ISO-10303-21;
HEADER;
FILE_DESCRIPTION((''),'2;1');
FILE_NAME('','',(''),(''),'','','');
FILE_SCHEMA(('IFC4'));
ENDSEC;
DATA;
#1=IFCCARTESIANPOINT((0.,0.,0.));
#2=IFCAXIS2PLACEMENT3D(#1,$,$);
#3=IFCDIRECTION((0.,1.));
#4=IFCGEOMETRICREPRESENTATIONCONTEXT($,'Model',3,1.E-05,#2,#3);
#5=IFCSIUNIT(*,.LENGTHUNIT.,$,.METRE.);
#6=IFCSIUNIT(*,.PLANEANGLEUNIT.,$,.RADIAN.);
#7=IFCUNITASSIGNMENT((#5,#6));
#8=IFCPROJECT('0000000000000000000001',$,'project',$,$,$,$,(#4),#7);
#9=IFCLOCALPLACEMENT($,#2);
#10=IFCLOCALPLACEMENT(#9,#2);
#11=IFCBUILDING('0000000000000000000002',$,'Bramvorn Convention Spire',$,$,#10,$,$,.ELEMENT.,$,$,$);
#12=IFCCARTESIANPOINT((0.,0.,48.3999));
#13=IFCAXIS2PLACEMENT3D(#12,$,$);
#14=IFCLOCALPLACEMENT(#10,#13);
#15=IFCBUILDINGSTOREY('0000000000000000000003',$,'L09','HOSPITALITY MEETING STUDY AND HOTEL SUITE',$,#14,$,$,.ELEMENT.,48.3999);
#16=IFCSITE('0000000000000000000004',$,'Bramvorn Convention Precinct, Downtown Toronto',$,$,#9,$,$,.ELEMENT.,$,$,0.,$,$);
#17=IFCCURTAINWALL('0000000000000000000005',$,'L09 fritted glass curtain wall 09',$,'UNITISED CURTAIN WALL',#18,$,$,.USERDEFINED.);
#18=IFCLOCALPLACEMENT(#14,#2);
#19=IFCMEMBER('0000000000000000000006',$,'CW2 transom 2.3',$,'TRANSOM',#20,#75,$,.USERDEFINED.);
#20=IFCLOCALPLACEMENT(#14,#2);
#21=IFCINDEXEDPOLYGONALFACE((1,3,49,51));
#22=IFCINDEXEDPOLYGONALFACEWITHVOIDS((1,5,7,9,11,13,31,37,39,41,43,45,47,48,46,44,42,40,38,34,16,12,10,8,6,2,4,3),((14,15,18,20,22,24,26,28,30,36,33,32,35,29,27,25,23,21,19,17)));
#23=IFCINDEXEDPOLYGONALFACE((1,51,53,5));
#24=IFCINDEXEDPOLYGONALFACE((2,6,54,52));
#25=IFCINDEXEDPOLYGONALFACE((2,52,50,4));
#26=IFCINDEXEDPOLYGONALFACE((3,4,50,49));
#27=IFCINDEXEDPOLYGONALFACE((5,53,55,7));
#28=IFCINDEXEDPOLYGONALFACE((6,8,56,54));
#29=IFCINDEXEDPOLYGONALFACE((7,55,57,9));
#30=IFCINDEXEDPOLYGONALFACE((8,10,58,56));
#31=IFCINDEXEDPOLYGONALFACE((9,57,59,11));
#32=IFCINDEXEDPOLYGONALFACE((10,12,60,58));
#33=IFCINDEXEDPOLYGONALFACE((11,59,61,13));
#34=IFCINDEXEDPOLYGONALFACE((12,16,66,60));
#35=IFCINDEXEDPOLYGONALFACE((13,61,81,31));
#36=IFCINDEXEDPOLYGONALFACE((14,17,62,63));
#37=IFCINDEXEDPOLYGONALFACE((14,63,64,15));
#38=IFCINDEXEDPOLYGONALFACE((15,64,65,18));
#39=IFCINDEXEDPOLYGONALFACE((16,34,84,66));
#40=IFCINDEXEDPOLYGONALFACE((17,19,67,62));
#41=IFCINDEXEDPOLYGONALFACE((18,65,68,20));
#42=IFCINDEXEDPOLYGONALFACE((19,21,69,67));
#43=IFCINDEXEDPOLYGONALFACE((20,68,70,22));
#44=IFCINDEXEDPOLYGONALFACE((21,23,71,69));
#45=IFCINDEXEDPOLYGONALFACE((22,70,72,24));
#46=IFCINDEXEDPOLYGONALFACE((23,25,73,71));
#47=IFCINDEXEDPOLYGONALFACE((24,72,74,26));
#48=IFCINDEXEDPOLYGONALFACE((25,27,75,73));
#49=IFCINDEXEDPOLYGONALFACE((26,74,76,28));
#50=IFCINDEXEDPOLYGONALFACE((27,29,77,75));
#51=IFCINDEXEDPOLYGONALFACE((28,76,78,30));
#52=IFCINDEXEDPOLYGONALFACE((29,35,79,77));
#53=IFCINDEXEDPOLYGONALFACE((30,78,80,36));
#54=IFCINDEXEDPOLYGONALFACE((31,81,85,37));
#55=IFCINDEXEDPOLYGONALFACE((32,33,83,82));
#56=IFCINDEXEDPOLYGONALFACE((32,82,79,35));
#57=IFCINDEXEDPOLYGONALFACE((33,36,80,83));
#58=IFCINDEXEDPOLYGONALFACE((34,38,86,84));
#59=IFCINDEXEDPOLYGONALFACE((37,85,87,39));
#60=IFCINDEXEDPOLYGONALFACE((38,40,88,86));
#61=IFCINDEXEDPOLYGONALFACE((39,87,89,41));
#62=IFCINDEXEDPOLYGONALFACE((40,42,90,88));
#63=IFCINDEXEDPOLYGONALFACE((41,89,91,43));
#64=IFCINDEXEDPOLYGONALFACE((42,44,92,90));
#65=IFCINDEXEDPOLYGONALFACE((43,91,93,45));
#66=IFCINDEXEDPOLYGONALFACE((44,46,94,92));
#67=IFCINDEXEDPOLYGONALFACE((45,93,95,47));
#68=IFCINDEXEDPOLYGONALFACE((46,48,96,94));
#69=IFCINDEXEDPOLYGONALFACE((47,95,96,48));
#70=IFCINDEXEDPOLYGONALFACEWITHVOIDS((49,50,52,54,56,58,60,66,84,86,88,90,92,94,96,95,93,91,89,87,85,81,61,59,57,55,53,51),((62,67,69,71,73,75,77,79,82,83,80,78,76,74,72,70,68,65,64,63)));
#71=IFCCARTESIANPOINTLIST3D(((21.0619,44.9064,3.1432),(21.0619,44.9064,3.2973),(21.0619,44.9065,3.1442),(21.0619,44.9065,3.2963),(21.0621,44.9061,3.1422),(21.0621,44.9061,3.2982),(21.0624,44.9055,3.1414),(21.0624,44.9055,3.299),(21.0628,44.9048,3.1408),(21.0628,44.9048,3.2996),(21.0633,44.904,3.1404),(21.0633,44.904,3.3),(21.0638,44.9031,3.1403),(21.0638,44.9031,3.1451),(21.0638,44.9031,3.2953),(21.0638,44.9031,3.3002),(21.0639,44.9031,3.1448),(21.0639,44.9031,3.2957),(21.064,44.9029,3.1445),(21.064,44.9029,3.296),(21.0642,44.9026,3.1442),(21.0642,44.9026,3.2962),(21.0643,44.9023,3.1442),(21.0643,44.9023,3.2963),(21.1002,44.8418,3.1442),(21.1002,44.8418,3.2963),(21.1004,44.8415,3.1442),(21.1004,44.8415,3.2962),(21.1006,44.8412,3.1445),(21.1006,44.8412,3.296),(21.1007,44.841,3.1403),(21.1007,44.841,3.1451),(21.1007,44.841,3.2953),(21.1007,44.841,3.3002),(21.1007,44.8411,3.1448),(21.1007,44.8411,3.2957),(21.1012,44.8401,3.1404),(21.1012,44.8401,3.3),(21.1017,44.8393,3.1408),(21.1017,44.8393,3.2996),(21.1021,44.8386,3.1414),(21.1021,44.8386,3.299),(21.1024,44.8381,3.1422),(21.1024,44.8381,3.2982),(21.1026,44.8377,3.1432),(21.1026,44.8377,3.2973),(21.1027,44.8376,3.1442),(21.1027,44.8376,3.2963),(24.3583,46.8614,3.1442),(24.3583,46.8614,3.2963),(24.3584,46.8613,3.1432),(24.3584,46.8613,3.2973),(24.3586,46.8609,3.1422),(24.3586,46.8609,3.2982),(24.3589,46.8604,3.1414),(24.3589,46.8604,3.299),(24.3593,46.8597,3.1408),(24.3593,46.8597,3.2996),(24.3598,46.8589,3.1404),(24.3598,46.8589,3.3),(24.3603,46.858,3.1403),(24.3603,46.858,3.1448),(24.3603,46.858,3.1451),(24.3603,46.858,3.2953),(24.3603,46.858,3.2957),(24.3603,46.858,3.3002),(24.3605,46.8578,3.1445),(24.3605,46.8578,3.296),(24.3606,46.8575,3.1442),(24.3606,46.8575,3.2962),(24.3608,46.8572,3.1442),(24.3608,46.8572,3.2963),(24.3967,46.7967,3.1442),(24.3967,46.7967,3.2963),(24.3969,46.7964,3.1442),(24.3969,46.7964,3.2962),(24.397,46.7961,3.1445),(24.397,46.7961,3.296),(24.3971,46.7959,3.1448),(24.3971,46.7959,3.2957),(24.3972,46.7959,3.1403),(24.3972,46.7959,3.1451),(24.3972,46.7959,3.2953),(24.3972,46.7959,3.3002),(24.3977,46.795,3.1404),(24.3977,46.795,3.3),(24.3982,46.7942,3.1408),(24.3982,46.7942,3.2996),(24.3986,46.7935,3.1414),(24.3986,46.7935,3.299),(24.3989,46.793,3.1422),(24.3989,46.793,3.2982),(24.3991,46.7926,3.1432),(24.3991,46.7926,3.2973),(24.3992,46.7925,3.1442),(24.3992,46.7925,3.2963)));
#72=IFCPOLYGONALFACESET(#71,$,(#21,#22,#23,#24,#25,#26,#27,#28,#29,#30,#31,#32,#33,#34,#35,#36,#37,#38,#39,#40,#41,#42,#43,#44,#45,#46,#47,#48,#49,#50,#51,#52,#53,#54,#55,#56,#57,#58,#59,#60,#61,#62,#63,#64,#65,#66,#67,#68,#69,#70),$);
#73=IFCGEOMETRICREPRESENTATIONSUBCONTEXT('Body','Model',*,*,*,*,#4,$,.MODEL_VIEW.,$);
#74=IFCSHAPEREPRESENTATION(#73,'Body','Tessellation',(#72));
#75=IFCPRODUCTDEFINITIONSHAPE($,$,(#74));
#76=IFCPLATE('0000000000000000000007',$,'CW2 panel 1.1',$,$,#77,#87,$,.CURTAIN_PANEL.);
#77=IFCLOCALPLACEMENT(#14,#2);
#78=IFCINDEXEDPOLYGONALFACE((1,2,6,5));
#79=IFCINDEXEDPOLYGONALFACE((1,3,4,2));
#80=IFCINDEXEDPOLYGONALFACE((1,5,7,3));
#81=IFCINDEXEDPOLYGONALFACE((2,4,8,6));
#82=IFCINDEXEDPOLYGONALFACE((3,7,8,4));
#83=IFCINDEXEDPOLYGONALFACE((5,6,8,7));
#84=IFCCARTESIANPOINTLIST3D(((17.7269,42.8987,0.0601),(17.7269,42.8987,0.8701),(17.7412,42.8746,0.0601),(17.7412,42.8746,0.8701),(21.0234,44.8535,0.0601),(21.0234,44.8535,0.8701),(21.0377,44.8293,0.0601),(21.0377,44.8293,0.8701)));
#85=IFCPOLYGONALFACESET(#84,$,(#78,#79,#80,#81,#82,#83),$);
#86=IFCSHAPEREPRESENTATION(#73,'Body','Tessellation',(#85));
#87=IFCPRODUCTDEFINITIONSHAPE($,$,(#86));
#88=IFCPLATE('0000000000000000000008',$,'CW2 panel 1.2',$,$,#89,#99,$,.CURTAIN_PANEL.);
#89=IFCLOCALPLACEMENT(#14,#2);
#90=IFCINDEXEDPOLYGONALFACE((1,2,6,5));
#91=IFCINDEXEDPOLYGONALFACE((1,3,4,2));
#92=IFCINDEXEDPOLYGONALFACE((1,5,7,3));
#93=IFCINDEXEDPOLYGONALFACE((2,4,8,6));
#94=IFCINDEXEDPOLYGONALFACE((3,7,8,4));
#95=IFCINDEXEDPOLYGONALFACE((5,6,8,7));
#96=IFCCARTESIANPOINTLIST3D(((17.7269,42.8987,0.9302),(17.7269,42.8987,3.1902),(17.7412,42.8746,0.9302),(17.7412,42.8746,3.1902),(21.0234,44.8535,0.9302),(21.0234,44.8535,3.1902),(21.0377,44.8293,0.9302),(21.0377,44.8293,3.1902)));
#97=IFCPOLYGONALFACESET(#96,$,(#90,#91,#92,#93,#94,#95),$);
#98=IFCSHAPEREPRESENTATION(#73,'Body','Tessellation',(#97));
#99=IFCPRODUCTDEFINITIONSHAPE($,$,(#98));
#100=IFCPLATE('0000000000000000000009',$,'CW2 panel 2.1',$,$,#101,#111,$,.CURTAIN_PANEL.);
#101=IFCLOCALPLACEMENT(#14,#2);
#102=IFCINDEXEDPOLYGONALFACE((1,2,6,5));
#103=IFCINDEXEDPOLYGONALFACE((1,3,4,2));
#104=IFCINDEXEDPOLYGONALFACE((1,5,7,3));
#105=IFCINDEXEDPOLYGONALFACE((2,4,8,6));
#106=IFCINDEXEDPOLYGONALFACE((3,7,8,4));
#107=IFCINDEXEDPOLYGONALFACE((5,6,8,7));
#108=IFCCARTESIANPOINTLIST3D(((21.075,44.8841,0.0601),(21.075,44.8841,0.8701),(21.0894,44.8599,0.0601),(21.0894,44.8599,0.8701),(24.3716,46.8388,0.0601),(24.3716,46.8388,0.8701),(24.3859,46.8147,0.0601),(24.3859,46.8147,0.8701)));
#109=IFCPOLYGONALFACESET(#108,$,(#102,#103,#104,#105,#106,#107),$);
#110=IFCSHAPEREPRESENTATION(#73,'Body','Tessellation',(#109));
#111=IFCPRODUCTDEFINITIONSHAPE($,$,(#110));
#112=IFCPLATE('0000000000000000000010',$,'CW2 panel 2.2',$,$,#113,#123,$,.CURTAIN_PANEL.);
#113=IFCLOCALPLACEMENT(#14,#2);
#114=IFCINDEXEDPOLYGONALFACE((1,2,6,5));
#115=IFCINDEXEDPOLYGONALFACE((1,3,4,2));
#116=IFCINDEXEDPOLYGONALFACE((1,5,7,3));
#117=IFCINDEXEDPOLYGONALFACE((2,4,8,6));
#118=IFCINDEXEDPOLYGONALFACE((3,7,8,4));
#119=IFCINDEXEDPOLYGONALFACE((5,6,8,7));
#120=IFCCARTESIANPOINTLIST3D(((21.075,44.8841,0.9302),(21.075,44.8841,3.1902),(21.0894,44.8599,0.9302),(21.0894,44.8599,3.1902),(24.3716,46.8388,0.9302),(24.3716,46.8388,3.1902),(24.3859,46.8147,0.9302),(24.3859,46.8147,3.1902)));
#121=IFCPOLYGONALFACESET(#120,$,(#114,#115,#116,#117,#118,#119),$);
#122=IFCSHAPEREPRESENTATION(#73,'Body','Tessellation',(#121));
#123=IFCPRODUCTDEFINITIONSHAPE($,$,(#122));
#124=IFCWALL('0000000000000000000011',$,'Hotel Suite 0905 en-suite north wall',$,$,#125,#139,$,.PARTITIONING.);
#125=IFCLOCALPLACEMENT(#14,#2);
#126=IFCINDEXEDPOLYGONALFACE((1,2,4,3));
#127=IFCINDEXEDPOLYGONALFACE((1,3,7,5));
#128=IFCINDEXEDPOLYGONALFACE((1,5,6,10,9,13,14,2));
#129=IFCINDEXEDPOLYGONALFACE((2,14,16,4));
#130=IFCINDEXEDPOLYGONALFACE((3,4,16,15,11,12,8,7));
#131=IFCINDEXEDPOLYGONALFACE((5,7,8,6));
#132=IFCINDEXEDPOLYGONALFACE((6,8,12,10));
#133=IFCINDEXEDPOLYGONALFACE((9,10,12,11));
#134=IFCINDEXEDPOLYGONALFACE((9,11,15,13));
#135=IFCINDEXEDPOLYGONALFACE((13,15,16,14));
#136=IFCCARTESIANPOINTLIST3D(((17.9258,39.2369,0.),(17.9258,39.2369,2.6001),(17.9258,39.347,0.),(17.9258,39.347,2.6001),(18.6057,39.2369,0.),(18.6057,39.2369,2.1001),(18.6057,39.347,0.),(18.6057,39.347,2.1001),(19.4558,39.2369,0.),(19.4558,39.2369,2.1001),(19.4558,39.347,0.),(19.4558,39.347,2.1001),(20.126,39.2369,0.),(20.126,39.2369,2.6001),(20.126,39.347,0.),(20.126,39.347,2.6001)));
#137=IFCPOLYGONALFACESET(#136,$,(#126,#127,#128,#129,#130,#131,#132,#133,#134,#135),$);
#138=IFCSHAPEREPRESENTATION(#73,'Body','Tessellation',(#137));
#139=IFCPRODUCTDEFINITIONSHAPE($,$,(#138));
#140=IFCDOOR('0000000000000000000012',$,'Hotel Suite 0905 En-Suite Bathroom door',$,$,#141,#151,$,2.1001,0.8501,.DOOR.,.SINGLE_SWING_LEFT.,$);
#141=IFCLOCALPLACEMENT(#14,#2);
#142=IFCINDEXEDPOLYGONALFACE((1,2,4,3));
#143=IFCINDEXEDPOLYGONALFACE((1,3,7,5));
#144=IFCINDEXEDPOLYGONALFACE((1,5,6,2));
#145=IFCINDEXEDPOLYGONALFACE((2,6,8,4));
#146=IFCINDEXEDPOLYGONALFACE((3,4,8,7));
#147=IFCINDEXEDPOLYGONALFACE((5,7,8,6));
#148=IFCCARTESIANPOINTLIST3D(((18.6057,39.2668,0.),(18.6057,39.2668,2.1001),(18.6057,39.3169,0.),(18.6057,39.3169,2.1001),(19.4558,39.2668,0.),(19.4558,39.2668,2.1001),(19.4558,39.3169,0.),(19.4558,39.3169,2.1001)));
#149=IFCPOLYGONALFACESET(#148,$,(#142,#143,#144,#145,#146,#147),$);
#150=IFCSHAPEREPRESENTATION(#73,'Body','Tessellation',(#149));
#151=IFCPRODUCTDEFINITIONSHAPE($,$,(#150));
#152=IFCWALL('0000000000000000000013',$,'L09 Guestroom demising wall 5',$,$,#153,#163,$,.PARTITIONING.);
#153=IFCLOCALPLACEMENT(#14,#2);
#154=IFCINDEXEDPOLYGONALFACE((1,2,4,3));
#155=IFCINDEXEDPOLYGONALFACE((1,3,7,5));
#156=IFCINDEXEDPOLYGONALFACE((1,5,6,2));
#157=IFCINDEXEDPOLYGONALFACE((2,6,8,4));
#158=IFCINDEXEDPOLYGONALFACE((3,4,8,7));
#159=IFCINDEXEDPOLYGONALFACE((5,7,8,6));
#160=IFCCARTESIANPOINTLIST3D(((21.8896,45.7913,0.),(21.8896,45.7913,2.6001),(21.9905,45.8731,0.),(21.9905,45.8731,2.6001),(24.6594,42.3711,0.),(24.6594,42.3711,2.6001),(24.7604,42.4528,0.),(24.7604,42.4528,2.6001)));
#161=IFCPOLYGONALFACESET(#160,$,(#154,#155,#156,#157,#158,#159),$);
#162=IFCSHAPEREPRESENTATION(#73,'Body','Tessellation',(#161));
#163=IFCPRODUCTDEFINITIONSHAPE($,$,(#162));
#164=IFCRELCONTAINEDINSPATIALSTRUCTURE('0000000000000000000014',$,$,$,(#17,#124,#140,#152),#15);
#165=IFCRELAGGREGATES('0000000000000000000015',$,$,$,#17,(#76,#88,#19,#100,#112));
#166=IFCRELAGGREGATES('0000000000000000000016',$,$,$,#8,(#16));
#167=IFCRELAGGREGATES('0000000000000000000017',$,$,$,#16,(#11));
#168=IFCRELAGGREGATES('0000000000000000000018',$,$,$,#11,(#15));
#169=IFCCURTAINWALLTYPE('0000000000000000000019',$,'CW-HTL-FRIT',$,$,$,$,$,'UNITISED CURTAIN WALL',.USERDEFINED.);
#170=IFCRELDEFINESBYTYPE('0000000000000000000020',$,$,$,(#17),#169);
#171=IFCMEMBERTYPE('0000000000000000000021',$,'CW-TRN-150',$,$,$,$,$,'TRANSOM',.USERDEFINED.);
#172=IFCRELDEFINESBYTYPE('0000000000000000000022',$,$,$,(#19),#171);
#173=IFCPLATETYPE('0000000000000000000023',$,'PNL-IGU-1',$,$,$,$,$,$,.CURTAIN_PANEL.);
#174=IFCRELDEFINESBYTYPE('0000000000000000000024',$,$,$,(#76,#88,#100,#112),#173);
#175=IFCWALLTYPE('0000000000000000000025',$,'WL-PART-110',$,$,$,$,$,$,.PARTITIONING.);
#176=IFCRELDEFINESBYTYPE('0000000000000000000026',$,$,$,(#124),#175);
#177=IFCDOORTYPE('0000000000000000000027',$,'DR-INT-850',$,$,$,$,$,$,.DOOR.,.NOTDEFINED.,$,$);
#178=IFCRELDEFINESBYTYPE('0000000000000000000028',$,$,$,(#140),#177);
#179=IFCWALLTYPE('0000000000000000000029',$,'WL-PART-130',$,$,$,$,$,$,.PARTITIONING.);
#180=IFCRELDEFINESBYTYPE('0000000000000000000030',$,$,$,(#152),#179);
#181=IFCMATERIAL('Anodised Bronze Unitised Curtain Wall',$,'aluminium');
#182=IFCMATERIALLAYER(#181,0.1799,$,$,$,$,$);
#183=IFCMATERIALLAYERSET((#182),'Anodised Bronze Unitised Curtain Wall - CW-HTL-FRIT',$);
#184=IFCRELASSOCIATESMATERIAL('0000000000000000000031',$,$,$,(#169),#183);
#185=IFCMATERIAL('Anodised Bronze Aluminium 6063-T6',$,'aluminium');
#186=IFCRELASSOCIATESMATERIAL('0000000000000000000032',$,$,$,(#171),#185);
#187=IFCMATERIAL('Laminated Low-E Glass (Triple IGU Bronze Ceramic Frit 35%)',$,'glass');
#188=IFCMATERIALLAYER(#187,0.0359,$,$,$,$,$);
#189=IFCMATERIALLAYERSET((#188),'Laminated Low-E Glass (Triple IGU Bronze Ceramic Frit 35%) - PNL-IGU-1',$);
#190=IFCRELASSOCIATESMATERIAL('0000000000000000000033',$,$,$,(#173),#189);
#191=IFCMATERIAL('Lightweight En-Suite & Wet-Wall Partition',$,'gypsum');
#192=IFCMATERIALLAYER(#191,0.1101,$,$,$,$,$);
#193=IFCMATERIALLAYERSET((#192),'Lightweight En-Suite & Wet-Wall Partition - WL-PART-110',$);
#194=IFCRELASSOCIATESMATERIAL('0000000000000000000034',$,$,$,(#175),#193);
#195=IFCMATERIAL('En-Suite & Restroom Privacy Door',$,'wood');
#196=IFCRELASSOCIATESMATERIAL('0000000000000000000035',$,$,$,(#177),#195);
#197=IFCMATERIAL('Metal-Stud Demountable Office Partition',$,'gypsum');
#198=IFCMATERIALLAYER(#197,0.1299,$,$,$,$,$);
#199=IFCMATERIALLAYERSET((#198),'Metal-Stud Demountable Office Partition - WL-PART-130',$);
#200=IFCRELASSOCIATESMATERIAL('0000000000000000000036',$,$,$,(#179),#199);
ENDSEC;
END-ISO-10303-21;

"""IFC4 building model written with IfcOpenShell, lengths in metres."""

from ifc_helpers import new_model, si_unit, direction, frame, frame_2d, origin, origin_2d, place, context, subcontext, project, spatial, rectangle, hollow_rectangle, extrude, material, layer, layer_set, material_profile, profile_set, type_object, element, fill, aggregate, save


model = new_model("IFC4")

# Units and contexts
model_context = context("Model", 3, precision=1e-05, world=origin(), true_north=direction((0.0, 1.0)))
body_context = subcontext(model_context, "Body", "Model", "MODEL_VIEW")
ifc_project = project(units=[si_unit("LENGTHUNIT", "METRE"), si_unit("PLANEANGLEUNIT", "RADIAN")], contexts=[model_context])

# Site, building, storey
site_placement = place(None, origin())
site = spatial("IfcSite", under=ifc_project, at=site_placement, Name="Bramvorn Convention Precinct, Downtown Toronto", CompositionType="ELEMENT", RefElevation=0.0)
building_placement = place(site_placement, origin())
building = spatial("IfcBuilding", under=site, at=building_placement, Name="Bramvorn Convention Spire", CompositionType="ELEMENT")
storey_placement = place(building_placement, frame((0.0, 0.0, 48.3999)))
storey = spatial("IfcBuildingStorey", under=building, at=storey_placement, Name="L09", Description="HOSPITALITY MEETING STUDY AND HOTEL SUITE", CompositionType="ELEMENT", Elevation=48.3999)

# Shared definitions
ifc_material_1 = material(Name="Anodised Bronze Unitised Curtain Wall", Category="aluminium")
ifc_layer_1 = layer(ifc_material_1, 0.1799)
ifc_layer_set_1 = layer_set([ifc_layer_1], Name="Anodised Bronze Unitised Curtain Wall - CW-HTL-FRIT")
curtain_wall_type = type_object("IfcCurtainWallType", Name="CW-HTL-FRIT", ElementType="UNITISED CURTAIN WALL", PredefinedType="USERDEFINED", material=ifc_layer_set_1)
ifc_material_2 = material(Name="Anodised Bronze Aluminium 6063-T6", Category="aluminium")

# Curtain wall
curtain_wall_1_placement = place(storey_placement, origin())
curtain_wall_1 = element("IfcCurtainWall", 1, at=curtain_wall_1_placement, inside=storey, type_object=curtain_wall_type, Name="L09 fritted glass curtain wall 09", ObjectType="UNITISED CURTAIN WALL", PredefinedType="USERDEFINED")

# Member
ifc_material_profile_1 = material_profile(ifc_material_2, hollow_rectangle(XDim=0.0801, YDim=0.1599, WallThickness=0.0039, InnerFilletRadius=0.001, OuterFilletRadius=0.0039, at=origin_2d()))
ifc_profile_set_1 = profile_set([ifc_material_profile_1], Name="Anodised Bronze Aluminium 6063-T6 - CWT80X160")
member_type_1 = type_object("IfcMemberType", Name="CW-TRN-150", ElementType="TRANSOM", PredefinedType="USERDEFINED", material=ifc_profile_set_1)
member_1_placement = place(storey_placement, frame((21.0823, 44.8721, 3.2202), z_axis=(0.860129, 0.510077, 0.0), x_axis=(-0.510077, 0.860129, 0.0)))
member_1 = element("IfcMember", 2, at=member_1_placement, type_object=member_type_1, Name="CW2 transom 2.3", ObjectType="TRANSOM", PredefinedType="USERDEFINED", context=body_context, shape_type="SweptSolid", body=[
    extrude(hollow_rectangle(XDim=0.0801, YDim=0.1599, WallThickness=0.0039, InnerFilletRadius=0.001, OuterFilletRadius=0.0039, at=origin_2d()), origin(), (0.0, 0.0, 1.0), 3.8325),
])

# Plates
ifc_material_3 = material(Name="Laminated Low-E Glass (Triple IGU Bronze Ceramic Frit 35%)", Category="glass")
ifc_layer_2 = layer(ifc_material_3, 0.0359)
ifc_layer_set_2 = layer_set([ifc_layer_2], Name="Laminated Low-E Glass (Triple IGU Bronze Ceramic Frit 35%) - PNL-IGU-1")
plate_type = type_object("IfcPlateType", Name="PNL-IGU-1", PredefinedType="CURTAIN_PANEL", material=ifc_layer_set_2)
plate_1_placement = place(storey_placement, frame((19.3823, 43.864, 0.0601), z_axis=(0.0, 0.0, 1.0), x_axis=(0.860146, 0.510048, 0.0)))
plate_1 = element("IfcPlate", 3, at=plate_1_placement, type_object=plate_type, Name="CW2 panel 1.1", PredefinedType="CURTAIN_PANEL", context=body_context, shape_type="SweptSolid", body=[
    extrude(rectangle(XDim=3.8325, YDim=0.0281, at=origin_2d()), origin(), (0.0, 0.0, 1.0), 0.8101),
])
plate_2_placement = place(storey_placement, frame((19.3823, 43.864, 0.9302), z_axis=(0.0, 0.0, 1.0), x_axis=(0.860146, 0.510048, 0.0)))
plate_2 = element("IfcPlate", 4, at=plate_2_placement, type_object=plate_type, Name="CW2 panel 1.2", PredefinedType="CURTAIN_PANEL", context=body_context, shape_type="SweptSolid", body=[
    extrude(rectangle(XDim=3.8325, YDim=0.0281, at=origin_2d()), origin(), (0.0, 0.0, 1.0), 2.26),
])
plate_3_placement = place(storey_placement, frame((22.7305, 45.8494, 0.0601), z_axis=(0.0, 0.0, 1.0), x_axis=(0.860146, 0.510048, 0.0)))
plate_3 = element("IfcPlate", 5, at=plate_3_placement, type_object=plate_type, Name="CW2 panel 2.1", PredefinedType="CURTAIN_PANEL", context=body_context, shape_type="SweptSolid", body=[
    extrude(rectangle(XDim=3.8325, YDim=0.0281, at=origin_2d()), origin(), (0.0, 0.0, 1.0), 0.8101),
])
plate_4_placement = place(storey_placement, frame((22.7305, 45.8494, 0.9302), z_axis=(0.0, 0.0, 1.0), x_axis=(0.860146, 0.510048, 0.0)))
plate_4 = element("IfcPlate", 6, at=plate_4_placement, type_object=plate_type, Name="CW2 panel 2.2", PredefinedType="CURTAIN_PANEL", context=body_context, shape_type="SweptSolid", body=[
    extrude(rectangle(XDim=3.8325, YDim=0.0281, at=origin_2d()), origin(), (0.0, 0.0, 1.0), 2.26),
])
aggregate(curtain_wall_1, [plate_1, plate_2, member_1, plate_3, plate_4])

# Wall, opening, door
ifc_material_4 = material(Name="Lightweight En-Suite & Wet-Wall Partition", Category="gypsum")
ifc_layer_3 = layer(ifc_material_4, 0.1101)
ifc_layer_set_3 = layer_set([ifc_layer_3], Name="Lightweight En-Suite & Wet-Wall Partition - WL-PART-110")
wall_type_1 = type_object("IfcWallType", Name="WL-PART-110", PredefinedType="PARTITIONING", material=ifc_layer_set_3)
wall_1_placement = place(storey_placement, frame((17.9258, 39.292, 0.0), z_axis=(0.0, 0.0, 1.0), x_axis=(1.0, 0.0, 0.0)))
wall_1 = element("IfcWall", 7, at=wall_1_placement, inside=storey, type_object=wall_type_1, Name="Hotel Suite 0905 en-suite north wall", PredefinedType="PARTITIONING", context=body_context, shape_type="SweptSolid", body=[
    extrude(rectangle(XDim=2.2002, YDim=0.1101, at=frame_2d((1.1001, 0.0))), origin(), (0.0, 0.0, 1.0), 2.6001),
])
opening_placement = place(wall_1_placement, frame((0.6799, 0.0, 0.0)))
opening = element("IfcOpeningElement", 8, at=opening_placement, cuts=wall_1, PredefinedType="OPENING", context=body_context, shape_type="SweptSolid", body=[
    extrude(rectangle(XDim=0.8501, YDim=2.1001, at=frame_2d((0.425, 1.05))), frame((0.0, 0.0649, 0.0), z_axis=(0.0, -1.0, 0.0), x_axis=(1.0, 0.0, 0.0)), (0.0, 0.0, 1.0), 0.1301),
])
ifc_material_5 = material(Name="En-Suite & Restroom Privacy Door", Category="wood")
door_type = type_object("IfcDoorType", Name="DR-INT-850", OperationType="NOTDEFINED", PredefinedType="DOOR", material=ifc_material_5)
door_placement = place(opening_placement, origin())
door = element("IfcDoor", 9, at=door_placement, inside=storey, type_object=door_type, Name="Hotel Suite 0905 En-Suite Bathroom door", OperationType="SINGLE_SWING_LEFT", OverallHeight=2.1001, OverallWidth=0.8501, PredefinedType="DOOR", context=body_context, shape_type="SweptSolid", body=[
    extrude(rectangle(XDim=0.8501, YDim=2.1001, at=frame_2d((0.425, 1.05))), frame((0.0, 0.0249, 0.0), z_axis=(0.0, -1.0, 0.0), x_axis=(1.0, 0.0, 0.0)), (0.0, 0.0, 1.0), 0.05),
])
fill(opening, door)

# Wall
ifc_material_6 = material(Name="Metal-Stud Demountable Office Partition", Category="gypsum")
ifc_layer_4 = layer(ifc_material_6, 0.1299)
ifc_layer_set_4 = layer_set([ifc_layer_4], Name="Metal-Stud Demountable Office Partition - WL-PART-130")
wall_type_2 = type_object("IfcWallType", Name="WL-PART-130", PredefinedType="PARTITIONING", material=ifc_layer_set_4)
wall_2_placement = place(storey_placement, frame((24.71, 42.4119, 0.0), z_axis=(0.0, 0.0, 1.0), x_axis=(-0.629345, 0.777126, 0.0)))
element("IfcWall", 10, at=wall_2_placement, inside=storey, type_object=wall_type_2, Name="L09 Guestroom demising wall 5", PredefinedType="PARTITIONING", context=body_context, shape_type="SweptSolid", body=[
    extrude(rectangle(XDim=4.4011, YDim=0.1299, at=frame_2d((2.2007, 0.0))), origin(), (0.0, 0.0, 1.0), 2.6001),
])

save(model, "model.ifc")
